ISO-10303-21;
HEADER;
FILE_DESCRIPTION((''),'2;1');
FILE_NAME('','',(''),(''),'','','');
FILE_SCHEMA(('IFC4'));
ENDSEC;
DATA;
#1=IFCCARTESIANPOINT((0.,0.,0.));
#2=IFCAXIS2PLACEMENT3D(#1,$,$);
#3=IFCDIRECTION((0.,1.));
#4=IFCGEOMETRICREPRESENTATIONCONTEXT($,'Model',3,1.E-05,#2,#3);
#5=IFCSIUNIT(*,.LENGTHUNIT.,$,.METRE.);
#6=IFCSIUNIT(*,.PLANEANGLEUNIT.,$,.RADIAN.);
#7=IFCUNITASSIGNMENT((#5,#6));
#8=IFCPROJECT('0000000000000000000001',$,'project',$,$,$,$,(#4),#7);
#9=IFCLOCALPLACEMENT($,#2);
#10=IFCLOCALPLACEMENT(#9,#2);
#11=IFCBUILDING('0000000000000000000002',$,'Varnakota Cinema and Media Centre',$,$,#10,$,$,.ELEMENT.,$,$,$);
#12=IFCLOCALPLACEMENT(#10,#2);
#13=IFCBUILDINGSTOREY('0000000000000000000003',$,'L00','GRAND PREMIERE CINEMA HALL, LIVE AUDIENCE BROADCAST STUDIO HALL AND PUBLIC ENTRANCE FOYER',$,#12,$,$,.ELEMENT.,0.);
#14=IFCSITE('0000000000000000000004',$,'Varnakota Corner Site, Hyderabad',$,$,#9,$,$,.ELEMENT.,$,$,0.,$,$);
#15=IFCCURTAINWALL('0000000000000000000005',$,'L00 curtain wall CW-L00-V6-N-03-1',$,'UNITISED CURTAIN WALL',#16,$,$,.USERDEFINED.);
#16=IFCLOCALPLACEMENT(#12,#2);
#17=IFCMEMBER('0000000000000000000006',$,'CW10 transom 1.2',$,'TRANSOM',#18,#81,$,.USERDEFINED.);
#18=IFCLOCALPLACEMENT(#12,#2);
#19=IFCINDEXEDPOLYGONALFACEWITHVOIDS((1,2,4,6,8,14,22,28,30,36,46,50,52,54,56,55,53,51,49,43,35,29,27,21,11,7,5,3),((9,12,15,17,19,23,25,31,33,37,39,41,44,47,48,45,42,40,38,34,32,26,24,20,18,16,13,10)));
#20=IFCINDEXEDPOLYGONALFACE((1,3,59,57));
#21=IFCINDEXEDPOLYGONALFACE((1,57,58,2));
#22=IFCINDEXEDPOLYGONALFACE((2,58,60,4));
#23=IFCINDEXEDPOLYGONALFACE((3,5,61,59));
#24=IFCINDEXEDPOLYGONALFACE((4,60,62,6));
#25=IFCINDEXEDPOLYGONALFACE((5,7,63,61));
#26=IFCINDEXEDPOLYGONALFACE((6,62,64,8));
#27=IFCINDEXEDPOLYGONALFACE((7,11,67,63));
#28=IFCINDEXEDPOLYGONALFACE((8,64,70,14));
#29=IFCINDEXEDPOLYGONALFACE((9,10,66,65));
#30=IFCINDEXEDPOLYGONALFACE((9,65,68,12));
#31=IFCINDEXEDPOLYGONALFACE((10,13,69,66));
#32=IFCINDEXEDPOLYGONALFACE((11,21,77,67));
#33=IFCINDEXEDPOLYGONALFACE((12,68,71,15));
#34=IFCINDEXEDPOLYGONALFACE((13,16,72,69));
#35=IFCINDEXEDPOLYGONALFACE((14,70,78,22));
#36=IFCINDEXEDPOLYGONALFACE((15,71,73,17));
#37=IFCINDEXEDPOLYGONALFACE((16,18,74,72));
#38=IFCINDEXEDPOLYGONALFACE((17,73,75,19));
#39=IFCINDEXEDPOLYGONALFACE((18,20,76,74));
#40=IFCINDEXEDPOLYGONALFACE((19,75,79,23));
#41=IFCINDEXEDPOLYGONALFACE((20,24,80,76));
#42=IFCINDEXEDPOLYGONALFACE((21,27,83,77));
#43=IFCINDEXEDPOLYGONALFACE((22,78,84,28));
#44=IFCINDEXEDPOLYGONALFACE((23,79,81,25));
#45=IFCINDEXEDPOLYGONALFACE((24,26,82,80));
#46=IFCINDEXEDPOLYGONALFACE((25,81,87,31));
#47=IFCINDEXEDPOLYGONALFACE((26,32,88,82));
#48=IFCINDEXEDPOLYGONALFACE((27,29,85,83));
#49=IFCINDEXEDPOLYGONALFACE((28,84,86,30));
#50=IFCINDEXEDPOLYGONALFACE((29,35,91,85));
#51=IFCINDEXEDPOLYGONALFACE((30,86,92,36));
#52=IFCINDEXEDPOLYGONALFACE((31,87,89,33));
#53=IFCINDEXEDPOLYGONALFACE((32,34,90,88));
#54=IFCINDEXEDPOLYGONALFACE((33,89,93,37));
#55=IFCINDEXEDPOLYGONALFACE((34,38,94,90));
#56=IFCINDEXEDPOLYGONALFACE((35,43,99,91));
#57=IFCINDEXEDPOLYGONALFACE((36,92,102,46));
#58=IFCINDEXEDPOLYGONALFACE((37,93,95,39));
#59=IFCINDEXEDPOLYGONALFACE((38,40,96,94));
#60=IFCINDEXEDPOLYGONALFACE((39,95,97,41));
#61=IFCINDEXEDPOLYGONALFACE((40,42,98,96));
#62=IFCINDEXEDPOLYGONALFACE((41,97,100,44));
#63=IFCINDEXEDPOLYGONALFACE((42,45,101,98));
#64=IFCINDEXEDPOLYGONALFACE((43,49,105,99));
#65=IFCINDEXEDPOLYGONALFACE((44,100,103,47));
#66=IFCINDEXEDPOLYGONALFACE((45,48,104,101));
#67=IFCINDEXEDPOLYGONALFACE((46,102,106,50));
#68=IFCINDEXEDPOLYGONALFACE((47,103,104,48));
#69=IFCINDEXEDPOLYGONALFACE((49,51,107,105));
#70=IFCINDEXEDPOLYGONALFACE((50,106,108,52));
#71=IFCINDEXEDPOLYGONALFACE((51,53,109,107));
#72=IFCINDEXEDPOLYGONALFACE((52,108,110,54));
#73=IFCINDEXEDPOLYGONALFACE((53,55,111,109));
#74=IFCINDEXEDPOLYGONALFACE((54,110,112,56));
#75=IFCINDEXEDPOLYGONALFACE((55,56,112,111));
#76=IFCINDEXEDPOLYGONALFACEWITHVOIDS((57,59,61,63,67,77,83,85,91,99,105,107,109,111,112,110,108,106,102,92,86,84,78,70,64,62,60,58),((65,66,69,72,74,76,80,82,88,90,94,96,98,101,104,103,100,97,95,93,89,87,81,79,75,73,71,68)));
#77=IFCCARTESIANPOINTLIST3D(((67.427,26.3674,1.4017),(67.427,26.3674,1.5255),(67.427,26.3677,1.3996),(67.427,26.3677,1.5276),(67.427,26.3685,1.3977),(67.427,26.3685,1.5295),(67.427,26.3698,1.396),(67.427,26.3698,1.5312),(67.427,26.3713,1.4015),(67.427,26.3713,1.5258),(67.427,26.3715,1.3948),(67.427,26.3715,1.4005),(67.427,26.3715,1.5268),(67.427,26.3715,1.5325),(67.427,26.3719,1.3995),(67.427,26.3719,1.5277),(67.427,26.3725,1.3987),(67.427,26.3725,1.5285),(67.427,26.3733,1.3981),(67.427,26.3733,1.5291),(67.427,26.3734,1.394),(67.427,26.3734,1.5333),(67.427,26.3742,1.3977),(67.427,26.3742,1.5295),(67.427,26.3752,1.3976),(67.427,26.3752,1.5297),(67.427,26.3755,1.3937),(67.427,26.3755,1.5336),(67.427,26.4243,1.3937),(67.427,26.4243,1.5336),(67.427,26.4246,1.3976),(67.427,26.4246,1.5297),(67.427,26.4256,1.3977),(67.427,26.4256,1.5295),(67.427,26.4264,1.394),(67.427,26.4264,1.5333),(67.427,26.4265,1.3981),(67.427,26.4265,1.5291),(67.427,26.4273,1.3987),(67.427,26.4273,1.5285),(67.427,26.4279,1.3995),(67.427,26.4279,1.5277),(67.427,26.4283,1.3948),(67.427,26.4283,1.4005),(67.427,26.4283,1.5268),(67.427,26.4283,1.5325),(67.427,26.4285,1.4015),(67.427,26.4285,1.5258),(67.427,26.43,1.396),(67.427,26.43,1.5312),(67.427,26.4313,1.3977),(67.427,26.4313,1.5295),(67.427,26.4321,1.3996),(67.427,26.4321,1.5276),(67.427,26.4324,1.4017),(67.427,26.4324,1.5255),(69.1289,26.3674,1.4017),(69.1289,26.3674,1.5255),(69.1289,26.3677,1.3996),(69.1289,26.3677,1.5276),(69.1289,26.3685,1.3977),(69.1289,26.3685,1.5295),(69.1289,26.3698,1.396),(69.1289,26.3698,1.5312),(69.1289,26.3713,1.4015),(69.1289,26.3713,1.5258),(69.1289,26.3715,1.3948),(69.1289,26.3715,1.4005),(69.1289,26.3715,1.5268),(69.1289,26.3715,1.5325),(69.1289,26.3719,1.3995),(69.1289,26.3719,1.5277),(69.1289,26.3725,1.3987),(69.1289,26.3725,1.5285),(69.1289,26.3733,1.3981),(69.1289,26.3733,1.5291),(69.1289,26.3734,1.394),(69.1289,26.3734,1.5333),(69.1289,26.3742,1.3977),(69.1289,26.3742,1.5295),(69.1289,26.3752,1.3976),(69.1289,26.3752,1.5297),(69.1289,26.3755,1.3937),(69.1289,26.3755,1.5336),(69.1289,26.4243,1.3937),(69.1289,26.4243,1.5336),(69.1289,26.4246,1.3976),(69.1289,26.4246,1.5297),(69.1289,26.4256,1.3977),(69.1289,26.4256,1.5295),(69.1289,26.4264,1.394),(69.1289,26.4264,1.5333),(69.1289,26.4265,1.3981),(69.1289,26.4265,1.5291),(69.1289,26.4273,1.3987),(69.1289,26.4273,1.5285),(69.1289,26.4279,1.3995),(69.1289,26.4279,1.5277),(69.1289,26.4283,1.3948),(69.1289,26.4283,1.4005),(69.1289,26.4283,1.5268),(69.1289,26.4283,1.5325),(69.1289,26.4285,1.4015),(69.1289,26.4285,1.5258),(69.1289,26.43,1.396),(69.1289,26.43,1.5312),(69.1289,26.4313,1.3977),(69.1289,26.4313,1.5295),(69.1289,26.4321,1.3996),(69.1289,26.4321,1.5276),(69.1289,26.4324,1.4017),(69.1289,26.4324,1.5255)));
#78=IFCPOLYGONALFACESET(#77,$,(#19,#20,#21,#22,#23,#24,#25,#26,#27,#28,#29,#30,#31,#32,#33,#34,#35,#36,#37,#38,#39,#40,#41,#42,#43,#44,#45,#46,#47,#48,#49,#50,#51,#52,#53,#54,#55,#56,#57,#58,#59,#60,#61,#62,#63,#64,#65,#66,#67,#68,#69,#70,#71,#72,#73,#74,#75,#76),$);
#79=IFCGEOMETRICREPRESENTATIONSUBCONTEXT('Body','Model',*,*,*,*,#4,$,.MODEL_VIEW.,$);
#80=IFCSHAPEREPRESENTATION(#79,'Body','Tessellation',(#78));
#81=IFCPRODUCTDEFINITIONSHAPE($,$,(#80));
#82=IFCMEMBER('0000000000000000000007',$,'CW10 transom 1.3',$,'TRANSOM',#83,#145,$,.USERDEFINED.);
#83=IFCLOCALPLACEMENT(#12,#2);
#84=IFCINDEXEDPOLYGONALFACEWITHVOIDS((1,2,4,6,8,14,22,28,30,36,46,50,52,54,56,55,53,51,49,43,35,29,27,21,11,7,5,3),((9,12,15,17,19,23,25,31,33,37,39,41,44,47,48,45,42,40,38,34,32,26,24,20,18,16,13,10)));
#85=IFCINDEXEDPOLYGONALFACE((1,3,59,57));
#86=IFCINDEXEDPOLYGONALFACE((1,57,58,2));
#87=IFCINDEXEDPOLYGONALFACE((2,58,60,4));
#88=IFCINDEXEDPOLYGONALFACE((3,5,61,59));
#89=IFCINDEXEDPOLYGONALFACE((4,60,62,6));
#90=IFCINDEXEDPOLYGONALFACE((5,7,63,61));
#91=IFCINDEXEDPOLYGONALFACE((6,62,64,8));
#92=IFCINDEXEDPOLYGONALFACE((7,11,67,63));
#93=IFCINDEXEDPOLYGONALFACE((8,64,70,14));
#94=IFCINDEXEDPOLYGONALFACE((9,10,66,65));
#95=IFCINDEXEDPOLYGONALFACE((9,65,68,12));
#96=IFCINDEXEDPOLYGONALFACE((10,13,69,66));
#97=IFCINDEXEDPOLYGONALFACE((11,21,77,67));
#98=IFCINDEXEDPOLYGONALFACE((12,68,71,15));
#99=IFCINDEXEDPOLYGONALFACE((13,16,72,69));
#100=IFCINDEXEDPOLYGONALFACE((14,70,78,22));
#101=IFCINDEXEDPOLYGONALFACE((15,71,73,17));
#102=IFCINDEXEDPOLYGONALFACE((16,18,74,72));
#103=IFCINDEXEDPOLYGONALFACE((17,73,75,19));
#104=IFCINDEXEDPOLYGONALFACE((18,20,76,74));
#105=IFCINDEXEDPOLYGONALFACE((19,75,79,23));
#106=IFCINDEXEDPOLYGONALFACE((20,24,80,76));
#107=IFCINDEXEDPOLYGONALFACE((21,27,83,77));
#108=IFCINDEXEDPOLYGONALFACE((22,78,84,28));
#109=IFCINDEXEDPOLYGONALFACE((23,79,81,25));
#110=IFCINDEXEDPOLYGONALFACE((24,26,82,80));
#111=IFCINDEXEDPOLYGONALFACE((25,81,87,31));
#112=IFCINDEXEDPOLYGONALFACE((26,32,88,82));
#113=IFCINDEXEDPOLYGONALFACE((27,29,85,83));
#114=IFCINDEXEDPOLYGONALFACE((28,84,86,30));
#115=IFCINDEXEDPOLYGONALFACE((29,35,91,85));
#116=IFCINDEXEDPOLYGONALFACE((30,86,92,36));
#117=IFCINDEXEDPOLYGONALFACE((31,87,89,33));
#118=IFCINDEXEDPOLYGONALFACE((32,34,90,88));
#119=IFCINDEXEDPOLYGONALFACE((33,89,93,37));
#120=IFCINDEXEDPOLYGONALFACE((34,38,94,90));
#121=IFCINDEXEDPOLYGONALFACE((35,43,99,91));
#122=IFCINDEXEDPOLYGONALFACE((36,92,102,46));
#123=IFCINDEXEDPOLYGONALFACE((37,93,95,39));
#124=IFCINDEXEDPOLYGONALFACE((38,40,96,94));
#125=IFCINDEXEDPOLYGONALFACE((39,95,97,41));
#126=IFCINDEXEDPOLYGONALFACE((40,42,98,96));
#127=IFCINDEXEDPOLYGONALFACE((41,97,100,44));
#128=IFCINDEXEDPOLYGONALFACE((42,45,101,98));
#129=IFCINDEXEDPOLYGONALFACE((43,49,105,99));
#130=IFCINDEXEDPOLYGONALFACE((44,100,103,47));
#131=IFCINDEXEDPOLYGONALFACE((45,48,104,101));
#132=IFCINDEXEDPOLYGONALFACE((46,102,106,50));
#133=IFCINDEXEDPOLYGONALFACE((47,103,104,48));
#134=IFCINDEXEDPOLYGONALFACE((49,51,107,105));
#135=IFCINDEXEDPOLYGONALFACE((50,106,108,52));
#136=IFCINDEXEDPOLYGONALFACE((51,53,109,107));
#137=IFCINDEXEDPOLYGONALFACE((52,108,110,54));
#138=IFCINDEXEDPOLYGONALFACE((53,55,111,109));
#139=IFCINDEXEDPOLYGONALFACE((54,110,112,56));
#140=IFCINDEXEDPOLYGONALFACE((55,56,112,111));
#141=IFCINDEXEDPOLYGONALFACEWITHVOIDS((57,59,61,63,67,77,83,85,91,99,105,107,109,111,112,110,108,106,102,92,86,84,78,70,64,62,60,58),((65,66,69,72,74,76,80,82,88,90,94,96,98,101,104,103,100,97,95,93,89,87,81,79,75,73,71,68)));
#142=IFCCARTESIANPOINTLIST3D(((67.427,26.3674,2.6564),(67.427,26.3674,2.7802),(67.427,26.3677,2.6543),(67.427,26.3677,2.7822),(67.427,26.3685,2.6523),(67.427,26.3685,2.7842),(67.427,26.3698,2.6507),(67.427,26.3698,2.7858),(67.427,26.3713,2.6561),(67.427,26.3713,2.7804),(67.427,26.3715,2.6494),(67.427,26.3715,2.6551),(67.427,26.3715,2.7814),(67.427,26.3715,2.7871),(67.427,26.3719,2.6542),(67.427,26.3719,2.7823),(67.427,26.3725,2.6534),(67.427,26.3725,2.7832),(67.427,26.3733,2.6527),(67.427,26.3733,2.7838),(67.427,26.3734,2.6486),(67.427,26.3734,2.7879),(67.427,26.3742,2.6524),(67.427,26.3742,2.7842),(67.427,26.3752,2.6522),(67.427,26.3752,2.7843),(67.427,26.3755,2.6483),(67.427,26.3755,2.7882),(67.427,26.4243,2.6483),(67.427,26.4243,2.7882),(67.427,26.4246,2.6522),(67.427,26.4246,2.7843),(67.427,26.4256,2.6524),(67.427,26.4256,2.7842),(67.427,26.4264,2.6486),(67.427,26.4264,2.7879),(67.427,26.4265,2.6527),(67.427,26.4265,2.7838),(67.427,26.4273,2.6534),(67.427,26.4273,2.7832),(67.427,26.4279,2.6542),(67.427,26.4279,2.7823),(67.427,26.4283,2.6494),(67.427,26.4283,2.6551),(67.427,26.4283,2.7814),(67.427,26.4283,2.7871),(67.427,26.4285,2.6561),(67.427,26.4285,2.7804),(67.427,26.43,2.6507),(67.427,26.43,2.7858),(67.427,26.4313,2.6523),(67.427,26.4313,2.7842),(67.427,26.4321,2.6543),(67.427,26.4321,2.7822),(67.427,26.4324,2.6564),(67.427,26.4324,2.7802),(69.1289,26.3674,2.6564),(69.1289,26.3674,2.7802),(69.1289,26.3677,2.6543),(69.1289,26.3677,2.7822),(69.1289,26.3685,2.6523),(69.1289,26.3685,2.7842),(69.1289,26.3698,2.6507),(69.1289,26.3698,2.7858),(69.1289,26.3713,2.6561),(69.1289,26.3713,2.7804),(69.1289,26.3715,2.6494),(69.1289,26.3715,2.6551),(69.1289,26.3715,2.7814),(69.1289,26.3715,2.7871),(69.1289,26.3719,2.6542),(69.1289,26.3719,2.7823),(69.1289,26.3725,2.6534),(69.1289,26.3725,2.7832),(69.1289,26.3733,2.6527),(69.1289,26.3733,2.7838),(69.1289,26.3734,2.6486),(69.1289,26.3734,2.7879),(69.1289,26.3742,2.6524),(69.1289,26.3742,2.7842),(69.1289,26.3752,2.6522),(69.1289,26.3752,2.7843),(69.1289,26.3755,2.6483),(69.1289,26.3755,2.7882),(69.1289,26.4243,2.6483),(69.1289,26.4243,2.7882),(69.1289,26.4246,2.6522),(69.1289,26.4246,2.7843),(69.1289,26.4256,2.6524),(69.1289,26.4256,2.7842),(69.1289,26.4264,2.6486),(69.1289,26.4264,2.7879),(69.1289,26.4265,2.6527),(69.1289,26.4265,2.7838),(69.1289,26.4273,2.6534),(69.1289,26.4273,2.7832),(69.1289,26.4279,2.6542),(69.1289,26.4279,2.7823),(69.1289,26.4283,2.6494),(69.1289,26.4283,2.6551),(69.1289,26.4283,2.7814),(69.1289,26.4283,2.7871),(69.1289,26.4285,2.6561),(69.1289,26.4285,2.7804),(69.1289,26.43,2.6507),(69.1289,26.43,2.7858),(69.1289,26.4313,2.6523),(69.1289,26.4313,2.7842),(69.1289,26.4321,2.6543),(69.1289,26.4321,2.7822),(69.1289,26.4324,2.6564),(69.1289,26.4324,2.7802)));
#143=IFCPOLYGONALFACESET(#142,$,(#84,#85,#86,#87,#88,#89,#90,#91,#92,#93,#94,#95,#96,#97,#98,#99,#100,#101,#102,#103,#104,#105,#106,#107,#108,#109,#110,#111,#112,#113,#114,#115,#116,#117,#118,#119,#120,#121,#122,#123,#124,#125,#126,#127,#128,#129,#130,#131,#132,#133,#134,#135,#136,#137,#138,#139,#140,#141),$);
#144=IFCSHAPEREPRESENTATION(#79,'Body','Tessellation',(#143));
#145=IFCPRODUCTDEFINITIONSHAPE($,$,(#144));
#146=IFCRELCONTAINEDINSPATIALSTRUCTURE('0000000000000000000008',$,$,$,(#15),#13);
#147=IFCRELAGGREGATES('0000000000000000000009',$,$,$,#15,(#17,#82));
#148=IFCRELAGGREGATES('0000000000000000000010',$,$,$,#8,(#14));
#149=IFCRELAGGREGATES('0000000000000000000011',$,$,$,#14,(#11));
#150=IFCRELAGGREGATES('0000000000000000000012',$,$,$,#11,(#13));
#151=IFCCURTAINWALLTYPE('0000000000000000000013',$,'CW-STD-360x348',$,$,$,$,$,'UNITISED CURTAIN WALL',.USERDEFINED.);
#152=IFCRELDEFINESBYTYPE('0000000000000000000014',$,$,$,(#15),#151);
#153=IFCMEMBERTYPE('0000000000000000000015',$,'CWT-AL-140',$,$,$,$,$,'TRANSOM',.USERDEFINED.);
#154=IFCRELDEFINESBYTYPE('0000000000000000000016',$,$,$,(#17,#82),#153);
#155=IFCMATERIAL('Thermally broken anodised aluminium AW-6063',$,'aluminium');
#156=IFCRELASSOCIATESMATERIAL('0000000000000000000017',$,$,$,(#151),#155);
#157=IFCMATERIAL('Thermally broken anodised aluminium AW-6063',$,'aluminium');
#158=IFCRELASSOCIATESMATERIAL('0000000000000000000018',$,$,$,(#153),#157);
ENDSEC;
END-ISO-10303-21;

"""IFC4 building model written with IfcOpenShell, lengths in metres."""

from ifc_helpers import new_model, si_unit, direction, frame, origin, origin_2d, place, context, subcontext, project, spatial, hollow_rectangle, extrude, material, material_profile, profile_set, type_object, element, aggregate, save


model = new_model("IFC4")

# Units and contexts
model_context = context("Model", 3, precision=1e-05, world=origin(), true_north=direction((0.0, 1.0)))
body_context = subcontext(model_context, "Body", "Model", "MODEL_VIEW")
ifc_project = project(units=[si_unit("LENGTHUNIT", "METRE"), si_unit("PLANEANGLEUNIT", "RADIAN")], contexts=[model_context])

# Site, building, storey
site_placement = place(None, origin())
site = spatial("IfcSite", under=ifc_project, at=site_placement, Name="Varnakota Corner Site, Hyderabad", CompositionType="ELEMENT", RefElevation=0.0)
building_placement = place(site_placement, origin())
building = spatial("IfcBuilding", under=site, at=building_placement, Name="Varnakota Cinema and Media Centre", CompositionType="ELEMENT")
storey_placement = place(building_placement, origin())
storey = spatial("IfcBuildingStorey", under=building, at=storey_placement, Name="L00", Description="GRAND PREMIERE CINEMA HALL, LIVE AUDIENCE BROADCAST STUDIO HALL AND PUBLIC ENTRANCE FOYER", CompositionType="ELEMENT", Elevation=0.0)

# Curtain wall, members
ifc_material_1 = material(Name="Thermally broken anodised aluminium AW-6063", Category="aluminium")
curtain_wall_type_1 = type_object("IfcCurtainWallType", Name="CW-STD-360x348", ElementType="UNITISED CURTAIN WALL", PredefinedType="USERDEFINED", material=ifc_material_1)
curtain_wall_1_placement = place(storey_placement, origin())
curtain_wall_1 = element("IfcCurtainWall", 1, at=curtain_wall_1_placement, inside=storey, type_object=curtain_wall_type_1, Name="L00 curtain wall CW-L00-V6-N-03-1", ObjectType="UNITISED CURTAIN WALL", PredefinedType="USERDEFINED")
ifc_material_2 = material(Name="Thermally broken anodised aluminium AW-6063", Category="aluminium")
ifc_material_profile_1 = material_profile(ifc_material_2, hollow_rectangle(XDim=0.0649, YDim=0.1399, WallThickness=0.0039, InnerFilletRadius=0.0039, OuterFilletRadius=0.0081, at=origin_2d()), Name="AL-TRANSOM 140x65x4")
ifc_profile_set_1 = profile_set([ifc_material_profile_1], Name="Thermally broken anodised aluminium AW-6063")
member_type_1 = type_object("IfcMemberType", Name="CWT-AL-140", ElementType="TRANSOM", PredefinedType="USERDEFINED", material=ifc_profile_set_1)
member_1_placement = place(storey_placement, frame((67.427, 26.3999, 1.4636), z_axis=(1.0, 0.0, 0.0), x_axis=(0.0, 1.0, 0.0)))
member_1 = element("IfcMember", 2, at=member_1_placement, type_object=member_type_1, Name="CW10 transom 1.2", ObjectType="TRANSOM", PredefinedType="USERDEFINED", context=body_context, shape_type="SweptSolid", body=[
    extrude(hollow_rectangle(XDim=0.0649, YDim=0.1399, WallThickness=0.0039, InnerFilletRadius=0.0039, OuterFilletRadius=0.0081, at=origin_2d()), origin(), (0.0, 0.0, 1.0), 1.7019),
])
member_2_placement = place(storey_placement, frame((67.427, 26.3999, 2.7183), z_axis=(1.0, 0.0, 0.0), x_axis=(0.0, 1.0, 0.0)))
member_2 = element("IfcMember", 3, at=member_2_placement, type_object=member_type_1, Name="CW10 transom 1.3", ObjectType="TRANSOM", PredefinedType="USERDEFINED", context=body_context, shape_type="SweptSolid", body=[
    extrude(hollow_rectangle(XDim=0.0649, YDim=0.1399, WallThickness=0.0039, InnerFilletRadius=0.0039, OuterFilletRadius=0.0081, at=origin_2d()), origin(), (0.0, 0.0, 1.0), 1.7019),
])

aggregate(curtain_wall_1, [member_1, member_2])

save(model, "model.ifc")
